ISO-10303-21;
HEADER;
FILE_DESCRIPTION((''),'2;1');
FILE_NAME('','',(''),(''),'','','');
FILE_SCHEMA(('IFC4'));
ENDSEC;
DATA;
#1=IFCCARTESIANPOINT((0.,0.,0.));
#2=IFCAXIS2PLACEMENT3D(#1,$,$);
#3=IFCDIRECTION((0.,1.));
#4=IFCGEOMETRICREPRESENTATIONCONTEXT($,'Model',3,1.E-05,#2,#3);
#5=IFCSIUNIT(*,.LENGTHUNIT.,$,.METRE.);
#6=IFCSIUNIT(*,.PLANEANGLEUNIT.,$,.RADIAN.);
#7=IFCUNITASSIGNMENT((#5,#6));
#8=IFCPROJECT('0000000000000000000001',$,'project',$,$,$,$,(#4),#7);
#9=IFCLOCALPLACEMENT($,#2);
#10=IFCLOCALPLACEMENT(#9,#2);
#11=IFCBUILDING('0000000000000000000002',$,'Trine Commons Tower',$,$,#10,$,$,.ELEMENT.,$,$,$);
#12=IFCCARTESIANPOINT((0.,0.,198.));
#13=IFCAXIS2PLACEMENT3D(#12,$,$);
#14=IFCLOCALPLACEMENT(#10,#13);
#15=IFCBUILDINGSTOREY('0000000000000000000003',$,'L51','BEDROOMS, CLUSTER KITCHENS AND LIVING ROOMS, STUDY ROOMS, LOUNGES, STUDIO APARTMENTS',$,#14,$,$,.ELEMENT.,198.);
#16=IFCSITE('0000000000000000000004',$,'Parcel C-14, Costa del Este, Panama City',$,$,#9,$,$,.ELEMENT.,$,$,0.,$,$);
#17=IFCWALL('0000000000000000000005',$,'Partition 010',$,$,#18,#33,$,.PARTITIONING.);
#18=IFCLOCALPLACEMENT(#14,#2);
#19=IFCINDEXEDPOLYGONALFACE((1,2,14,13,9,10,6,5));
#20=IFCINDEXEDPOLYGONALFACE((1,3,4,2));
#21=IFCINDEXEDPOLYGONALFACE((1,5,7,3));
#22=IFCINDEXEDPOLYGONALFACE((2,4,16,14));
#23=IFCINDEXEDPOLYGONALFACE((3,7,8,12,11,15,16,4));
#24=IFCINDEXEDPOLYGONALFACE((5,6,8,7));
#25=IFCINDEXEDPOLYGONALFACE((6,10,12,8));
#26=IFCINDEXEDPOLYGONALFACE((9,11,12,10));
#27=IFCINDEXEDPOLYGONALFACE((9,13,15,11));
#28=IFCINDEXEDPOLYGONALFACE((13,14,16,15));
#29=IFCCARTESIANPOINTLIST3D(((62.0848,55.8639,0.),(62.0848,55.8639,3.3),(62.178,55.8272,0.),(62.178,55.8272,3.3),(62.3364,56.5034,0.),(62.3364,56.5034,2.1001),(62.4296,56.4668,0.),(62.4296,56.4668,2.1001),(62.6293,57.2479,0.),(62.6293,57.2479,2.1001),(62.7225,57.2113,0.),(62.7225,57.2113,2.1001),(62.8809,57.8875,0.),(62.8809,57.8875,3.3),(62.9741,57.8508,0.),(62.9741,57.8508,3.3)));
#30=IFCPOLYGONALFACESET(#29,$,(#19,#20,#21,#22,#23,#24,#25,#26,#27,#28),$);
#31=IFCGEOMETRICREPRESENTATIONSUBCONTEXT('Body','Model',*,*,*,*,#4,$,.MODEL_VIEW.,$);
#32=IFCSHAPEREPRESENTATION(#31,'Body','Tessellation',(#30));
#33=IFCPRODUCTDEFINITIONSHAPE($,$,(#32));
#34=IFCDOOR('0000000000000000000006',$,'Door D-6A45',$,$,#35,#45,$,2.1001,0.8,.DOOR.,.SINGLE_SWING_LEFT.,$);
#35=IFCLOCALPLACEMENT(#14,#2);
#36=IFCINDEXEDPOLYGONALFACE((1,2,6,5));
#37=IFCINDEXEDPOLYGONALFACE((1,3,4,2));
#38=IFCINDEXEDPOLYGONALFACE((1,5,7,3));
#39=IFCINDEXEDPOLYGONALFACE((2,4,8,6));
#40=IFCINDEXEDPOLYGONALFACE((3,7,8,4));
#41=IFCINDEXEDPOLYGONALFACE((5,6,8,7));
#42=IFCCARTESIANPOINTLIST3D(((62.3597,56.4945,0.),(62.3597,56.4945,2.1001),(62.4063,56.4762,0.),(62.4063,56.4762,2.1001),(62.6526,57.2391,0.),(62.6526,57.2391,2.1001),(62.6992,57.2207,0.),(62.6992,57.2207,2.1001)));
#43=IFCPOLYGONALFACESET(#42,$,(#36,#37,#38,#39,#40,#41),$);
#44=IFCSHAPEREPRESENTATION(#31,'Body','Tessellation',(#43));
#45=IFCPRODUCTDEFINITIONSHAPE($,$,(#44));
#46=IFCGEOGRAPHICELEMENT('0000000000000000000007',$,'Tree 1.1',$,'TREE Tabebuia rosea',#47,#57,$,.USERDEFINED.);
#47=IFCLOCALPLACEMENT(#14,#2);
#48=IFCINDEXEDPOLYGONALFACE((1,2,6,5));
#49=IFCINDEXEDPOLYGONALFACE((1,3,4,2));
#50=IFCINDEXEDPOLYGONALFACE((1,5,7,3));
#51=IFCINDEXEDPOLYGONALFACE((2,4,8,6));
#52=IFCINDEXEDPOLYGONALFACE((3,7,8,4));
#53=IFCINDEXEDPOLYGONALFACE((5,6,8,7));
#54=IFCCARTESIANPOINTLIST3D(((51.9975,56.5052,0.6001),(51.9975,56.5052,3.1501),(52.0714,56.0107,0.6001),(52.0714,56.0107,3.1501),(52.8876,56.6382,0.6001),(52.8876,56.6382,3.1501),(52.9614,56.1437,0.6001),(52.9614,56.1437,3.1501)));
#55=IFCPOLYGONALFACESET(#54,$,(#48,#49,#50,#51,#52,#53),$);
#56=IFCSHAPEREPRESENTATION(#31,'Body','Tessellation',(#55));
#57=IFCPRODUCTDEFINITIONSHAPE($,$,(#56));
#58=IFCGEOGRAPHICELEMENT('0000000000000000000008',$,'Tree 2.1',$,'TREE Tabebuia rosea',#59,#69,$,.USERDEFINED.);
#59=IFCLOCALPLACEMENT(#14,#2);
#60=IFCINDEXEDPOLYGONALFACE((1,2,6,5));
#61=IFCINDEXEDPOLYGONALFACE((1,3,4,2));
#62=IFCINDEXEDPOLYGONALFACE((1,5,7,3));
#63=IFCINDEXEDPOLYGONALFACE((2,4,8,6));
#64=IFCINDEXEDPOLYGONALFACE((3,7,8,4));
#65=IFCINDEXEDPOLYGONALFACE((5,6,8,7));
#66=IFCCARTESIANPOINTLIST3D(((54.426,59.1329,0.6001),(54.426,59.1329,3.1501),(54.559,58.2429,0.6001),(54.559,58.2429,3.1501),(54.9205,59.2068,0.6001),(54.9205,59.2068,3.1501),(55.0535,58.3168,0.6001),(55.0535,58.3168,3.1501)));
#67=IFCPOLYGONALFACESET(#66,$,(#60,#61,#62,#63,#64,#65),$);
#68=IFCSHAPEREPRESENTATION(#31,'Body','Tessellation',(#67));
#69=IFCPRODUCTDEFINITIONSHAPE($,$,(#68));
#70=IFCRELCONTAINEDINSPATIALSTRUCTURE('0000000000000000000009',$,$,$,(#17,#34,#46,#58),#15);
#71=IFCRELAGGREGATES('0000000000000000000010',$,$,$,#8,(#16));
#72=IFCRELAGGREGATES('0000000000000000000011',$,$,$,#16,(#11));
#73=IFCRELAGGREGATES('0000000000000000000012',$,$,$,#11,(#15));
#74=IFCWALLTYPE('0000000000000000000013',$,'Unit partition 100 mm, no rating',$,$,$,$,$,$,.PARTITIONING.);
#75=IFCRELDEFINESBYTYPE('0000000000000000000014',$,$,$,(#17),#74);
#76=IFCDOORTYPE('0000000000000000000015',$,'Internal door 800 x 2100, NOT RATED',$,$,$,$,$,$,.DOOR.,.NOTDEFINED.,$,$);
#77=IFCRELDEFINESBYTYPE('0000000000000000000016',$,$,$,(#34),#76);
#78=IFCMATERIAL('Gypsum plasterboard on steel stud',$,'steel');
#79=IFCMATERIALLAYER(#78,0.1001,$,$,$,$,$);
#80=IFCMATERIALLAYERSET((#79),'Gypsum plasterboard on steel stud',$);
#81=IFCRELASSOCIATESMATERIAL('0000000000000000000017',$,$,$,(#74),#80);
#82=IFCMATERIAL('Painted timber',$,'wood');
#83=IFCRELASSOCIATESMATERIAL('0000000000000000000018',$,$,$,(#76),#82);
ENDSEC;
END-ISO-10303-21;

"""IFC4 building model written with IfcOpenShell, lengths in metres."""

from ifc_helpers import new_model, si_unit, direction, frame, frame_2d, origin, origin_2d, place, context, subcontext, project, spatial, rectangle, extrude, material, layer, layer_set, type_object, element, fill, save


model = new_model("IFC4")

# Units and contexts
model_context = context("Model", 3, precision=1e-05, world=origin(), true_north=direction((0.0, 1.0)))
body_context = subcontext(model_context, "Body", "Model", "MODEL_VIEW")
ifc_project = project(units=[si_unit("LENGTHUNIT", "METRE"), si_unit("PLANEANGLEUNIT", "RADIAN")], contexts=[model_context])

# Site, building, storey
site_placement = place(None, origin())
site = spatial("IfcSite", under=ifc_project, at=site_placement, Name="Parcel C-14, Costa del Este, Panama City", CompositionType="ELEMENT", RefElevation=0.0)
building_placement = place(site_placement, origin())
building = spatial("IfcBuilding", under=site, at=building_placement, Name="Trine Commons Tower", CompositionType="ELEMENT")
storey_placement = place(building_placement, frame((0.0, 0.0, 198.0)))
storey = spatial("IfcBuildingStorey", under=building, at=storey_placement, Name="L51", Description="BEDROOMS, CLUSTER KITCHENS AND LIVING ROOMS, STUDY ROOMS, LOUNGES, STUDIO APARTMENTS", CompositionType="ELEMENT", Elevation=198.0)

# Shared definitions
ifc_material_1 = material(Name="Gypsum plasterboard on steel stud", Category="steel")

# Shared definitions
ifc_layer_1 = layer(ifc_material_1, 0.1001)
ifc_layer_set_1 = layer_set([ifc_layer_1], Name="Gypsum plasterboard on steel stud")
wall_type_1 = type_object("IfcWallType", Name="Unit partition 100 mm, no rating", PredefinedType="PARTITIONING", material=ifc_layer_set_1)

# Wall, opening, door
wall_1_placement = place(storey_placement, frame((62.1313, 55.8455, 0.0), z_axis=(0.0, 0.0, 1.0), x_axis=(0.3661, 0.930575, 0.0)))
wall_1 = element("IfcWall", 1, at=wall_1_placement, inside=storey, type_object=wall_type_1, Name="Partition 010", PredefinedType="PARTITIONING", context=body_context, shape_type="SweptSolid", body=[
    extrude(rectangle(XDim=2.1746, YDim=0.1001, at=frame_2d((1.0874, 0.0))), origin(), (0.0, 0.0, 1.0), 3.3),
])
opening_1_placement = place(wall_1_placement, frame((0.6875, 0.0, 0.0)))
opening_1 = element("IfcOpeningElement", 2, at=opening_1_placement, cuts=wall_1, PredefinedType="OPENING", context=body_context, shape_type="SweptSolid", body=[
    extrude(rectangle(XDim=0.8, YDim=2.1001, at=frame_2d((0.3999, 1.05))), frame((0.0, 0.0601, 0.0), z_axis=(0.0, -1.0, 0.0), x_axis=(1.0, 0.0, 0.0)), (0.0, 0.0, 1.0), 0.1201),
])
ifc_material_2 = material(Name="Painted timber", Category="wood")
door_type_1 = type_object("IfcDoorType", Name="Internal door 800 x 2100, NOT RATED", OperationType="NOTDEFINED", PredefinedType="DOOR", material=ifc_material_2)
door_1_placement = place(opening_1_placement, frame((0.8, 0.0, 0.0), z_axis=(0.0, 0.0, 1.0), x_axis=(-1.0, 0.0, 0.0)))
door_1 = element("IfcDoor", 3, at=door_1_placement, inside=storey, type_object=door_type_1, Name="Door D-6A45", OperationType="SINGLE_SWING_LEFT", OverallHeight=2.1001, OverallWidth=0.8, PredefinedType="DOOR", context=body_context, shape_type="SweptSolid", body=[
    extrude(rectangle(XDim=0.8, YDim=2.1001, at=frame_2d((0.3999, 1.05))), frame((0.0, 0.0249, 0.0), z_axis=(0.0, -1.0, 0.0), x_axis=(1.0, 0.0, 0.0)), (0.0, 0.0, 1.0), 0.05),
])
fill(opening_1, door_1)

# Geographic elements
for number, where, z_axis, x_axis, name in (
    (4, (52.4795, 56.3245, 0.6001), (0.0, 0.0, 1.0), (0.989019, 0.14779, 0.0), "Tree 1.1"),
    (5, (54.7397, 58.7249, 0.6001), (0.0, 0.0, 1.0), (-0.147813, 0.989015, 0.0), "Tree 2.1"),
):
    element("IfcGeographicElement", number, at=place(storey_placement, frame(where, z_axis=z_axis, x_axis=x_axis)), inside=storey, Name=name, ObjectType="TREE Tabebuia rosea", PredefinedType="USERDEFINED", context=body_context, shape_type="SweptSolid", body=[
        extrude(rectangle(XDim=0.8999, YDim=0.5, at=origin_2d()), origin(), (0.0, 0.0, 1.0), 2.55),
    ])

save(model, "model.ifc")
